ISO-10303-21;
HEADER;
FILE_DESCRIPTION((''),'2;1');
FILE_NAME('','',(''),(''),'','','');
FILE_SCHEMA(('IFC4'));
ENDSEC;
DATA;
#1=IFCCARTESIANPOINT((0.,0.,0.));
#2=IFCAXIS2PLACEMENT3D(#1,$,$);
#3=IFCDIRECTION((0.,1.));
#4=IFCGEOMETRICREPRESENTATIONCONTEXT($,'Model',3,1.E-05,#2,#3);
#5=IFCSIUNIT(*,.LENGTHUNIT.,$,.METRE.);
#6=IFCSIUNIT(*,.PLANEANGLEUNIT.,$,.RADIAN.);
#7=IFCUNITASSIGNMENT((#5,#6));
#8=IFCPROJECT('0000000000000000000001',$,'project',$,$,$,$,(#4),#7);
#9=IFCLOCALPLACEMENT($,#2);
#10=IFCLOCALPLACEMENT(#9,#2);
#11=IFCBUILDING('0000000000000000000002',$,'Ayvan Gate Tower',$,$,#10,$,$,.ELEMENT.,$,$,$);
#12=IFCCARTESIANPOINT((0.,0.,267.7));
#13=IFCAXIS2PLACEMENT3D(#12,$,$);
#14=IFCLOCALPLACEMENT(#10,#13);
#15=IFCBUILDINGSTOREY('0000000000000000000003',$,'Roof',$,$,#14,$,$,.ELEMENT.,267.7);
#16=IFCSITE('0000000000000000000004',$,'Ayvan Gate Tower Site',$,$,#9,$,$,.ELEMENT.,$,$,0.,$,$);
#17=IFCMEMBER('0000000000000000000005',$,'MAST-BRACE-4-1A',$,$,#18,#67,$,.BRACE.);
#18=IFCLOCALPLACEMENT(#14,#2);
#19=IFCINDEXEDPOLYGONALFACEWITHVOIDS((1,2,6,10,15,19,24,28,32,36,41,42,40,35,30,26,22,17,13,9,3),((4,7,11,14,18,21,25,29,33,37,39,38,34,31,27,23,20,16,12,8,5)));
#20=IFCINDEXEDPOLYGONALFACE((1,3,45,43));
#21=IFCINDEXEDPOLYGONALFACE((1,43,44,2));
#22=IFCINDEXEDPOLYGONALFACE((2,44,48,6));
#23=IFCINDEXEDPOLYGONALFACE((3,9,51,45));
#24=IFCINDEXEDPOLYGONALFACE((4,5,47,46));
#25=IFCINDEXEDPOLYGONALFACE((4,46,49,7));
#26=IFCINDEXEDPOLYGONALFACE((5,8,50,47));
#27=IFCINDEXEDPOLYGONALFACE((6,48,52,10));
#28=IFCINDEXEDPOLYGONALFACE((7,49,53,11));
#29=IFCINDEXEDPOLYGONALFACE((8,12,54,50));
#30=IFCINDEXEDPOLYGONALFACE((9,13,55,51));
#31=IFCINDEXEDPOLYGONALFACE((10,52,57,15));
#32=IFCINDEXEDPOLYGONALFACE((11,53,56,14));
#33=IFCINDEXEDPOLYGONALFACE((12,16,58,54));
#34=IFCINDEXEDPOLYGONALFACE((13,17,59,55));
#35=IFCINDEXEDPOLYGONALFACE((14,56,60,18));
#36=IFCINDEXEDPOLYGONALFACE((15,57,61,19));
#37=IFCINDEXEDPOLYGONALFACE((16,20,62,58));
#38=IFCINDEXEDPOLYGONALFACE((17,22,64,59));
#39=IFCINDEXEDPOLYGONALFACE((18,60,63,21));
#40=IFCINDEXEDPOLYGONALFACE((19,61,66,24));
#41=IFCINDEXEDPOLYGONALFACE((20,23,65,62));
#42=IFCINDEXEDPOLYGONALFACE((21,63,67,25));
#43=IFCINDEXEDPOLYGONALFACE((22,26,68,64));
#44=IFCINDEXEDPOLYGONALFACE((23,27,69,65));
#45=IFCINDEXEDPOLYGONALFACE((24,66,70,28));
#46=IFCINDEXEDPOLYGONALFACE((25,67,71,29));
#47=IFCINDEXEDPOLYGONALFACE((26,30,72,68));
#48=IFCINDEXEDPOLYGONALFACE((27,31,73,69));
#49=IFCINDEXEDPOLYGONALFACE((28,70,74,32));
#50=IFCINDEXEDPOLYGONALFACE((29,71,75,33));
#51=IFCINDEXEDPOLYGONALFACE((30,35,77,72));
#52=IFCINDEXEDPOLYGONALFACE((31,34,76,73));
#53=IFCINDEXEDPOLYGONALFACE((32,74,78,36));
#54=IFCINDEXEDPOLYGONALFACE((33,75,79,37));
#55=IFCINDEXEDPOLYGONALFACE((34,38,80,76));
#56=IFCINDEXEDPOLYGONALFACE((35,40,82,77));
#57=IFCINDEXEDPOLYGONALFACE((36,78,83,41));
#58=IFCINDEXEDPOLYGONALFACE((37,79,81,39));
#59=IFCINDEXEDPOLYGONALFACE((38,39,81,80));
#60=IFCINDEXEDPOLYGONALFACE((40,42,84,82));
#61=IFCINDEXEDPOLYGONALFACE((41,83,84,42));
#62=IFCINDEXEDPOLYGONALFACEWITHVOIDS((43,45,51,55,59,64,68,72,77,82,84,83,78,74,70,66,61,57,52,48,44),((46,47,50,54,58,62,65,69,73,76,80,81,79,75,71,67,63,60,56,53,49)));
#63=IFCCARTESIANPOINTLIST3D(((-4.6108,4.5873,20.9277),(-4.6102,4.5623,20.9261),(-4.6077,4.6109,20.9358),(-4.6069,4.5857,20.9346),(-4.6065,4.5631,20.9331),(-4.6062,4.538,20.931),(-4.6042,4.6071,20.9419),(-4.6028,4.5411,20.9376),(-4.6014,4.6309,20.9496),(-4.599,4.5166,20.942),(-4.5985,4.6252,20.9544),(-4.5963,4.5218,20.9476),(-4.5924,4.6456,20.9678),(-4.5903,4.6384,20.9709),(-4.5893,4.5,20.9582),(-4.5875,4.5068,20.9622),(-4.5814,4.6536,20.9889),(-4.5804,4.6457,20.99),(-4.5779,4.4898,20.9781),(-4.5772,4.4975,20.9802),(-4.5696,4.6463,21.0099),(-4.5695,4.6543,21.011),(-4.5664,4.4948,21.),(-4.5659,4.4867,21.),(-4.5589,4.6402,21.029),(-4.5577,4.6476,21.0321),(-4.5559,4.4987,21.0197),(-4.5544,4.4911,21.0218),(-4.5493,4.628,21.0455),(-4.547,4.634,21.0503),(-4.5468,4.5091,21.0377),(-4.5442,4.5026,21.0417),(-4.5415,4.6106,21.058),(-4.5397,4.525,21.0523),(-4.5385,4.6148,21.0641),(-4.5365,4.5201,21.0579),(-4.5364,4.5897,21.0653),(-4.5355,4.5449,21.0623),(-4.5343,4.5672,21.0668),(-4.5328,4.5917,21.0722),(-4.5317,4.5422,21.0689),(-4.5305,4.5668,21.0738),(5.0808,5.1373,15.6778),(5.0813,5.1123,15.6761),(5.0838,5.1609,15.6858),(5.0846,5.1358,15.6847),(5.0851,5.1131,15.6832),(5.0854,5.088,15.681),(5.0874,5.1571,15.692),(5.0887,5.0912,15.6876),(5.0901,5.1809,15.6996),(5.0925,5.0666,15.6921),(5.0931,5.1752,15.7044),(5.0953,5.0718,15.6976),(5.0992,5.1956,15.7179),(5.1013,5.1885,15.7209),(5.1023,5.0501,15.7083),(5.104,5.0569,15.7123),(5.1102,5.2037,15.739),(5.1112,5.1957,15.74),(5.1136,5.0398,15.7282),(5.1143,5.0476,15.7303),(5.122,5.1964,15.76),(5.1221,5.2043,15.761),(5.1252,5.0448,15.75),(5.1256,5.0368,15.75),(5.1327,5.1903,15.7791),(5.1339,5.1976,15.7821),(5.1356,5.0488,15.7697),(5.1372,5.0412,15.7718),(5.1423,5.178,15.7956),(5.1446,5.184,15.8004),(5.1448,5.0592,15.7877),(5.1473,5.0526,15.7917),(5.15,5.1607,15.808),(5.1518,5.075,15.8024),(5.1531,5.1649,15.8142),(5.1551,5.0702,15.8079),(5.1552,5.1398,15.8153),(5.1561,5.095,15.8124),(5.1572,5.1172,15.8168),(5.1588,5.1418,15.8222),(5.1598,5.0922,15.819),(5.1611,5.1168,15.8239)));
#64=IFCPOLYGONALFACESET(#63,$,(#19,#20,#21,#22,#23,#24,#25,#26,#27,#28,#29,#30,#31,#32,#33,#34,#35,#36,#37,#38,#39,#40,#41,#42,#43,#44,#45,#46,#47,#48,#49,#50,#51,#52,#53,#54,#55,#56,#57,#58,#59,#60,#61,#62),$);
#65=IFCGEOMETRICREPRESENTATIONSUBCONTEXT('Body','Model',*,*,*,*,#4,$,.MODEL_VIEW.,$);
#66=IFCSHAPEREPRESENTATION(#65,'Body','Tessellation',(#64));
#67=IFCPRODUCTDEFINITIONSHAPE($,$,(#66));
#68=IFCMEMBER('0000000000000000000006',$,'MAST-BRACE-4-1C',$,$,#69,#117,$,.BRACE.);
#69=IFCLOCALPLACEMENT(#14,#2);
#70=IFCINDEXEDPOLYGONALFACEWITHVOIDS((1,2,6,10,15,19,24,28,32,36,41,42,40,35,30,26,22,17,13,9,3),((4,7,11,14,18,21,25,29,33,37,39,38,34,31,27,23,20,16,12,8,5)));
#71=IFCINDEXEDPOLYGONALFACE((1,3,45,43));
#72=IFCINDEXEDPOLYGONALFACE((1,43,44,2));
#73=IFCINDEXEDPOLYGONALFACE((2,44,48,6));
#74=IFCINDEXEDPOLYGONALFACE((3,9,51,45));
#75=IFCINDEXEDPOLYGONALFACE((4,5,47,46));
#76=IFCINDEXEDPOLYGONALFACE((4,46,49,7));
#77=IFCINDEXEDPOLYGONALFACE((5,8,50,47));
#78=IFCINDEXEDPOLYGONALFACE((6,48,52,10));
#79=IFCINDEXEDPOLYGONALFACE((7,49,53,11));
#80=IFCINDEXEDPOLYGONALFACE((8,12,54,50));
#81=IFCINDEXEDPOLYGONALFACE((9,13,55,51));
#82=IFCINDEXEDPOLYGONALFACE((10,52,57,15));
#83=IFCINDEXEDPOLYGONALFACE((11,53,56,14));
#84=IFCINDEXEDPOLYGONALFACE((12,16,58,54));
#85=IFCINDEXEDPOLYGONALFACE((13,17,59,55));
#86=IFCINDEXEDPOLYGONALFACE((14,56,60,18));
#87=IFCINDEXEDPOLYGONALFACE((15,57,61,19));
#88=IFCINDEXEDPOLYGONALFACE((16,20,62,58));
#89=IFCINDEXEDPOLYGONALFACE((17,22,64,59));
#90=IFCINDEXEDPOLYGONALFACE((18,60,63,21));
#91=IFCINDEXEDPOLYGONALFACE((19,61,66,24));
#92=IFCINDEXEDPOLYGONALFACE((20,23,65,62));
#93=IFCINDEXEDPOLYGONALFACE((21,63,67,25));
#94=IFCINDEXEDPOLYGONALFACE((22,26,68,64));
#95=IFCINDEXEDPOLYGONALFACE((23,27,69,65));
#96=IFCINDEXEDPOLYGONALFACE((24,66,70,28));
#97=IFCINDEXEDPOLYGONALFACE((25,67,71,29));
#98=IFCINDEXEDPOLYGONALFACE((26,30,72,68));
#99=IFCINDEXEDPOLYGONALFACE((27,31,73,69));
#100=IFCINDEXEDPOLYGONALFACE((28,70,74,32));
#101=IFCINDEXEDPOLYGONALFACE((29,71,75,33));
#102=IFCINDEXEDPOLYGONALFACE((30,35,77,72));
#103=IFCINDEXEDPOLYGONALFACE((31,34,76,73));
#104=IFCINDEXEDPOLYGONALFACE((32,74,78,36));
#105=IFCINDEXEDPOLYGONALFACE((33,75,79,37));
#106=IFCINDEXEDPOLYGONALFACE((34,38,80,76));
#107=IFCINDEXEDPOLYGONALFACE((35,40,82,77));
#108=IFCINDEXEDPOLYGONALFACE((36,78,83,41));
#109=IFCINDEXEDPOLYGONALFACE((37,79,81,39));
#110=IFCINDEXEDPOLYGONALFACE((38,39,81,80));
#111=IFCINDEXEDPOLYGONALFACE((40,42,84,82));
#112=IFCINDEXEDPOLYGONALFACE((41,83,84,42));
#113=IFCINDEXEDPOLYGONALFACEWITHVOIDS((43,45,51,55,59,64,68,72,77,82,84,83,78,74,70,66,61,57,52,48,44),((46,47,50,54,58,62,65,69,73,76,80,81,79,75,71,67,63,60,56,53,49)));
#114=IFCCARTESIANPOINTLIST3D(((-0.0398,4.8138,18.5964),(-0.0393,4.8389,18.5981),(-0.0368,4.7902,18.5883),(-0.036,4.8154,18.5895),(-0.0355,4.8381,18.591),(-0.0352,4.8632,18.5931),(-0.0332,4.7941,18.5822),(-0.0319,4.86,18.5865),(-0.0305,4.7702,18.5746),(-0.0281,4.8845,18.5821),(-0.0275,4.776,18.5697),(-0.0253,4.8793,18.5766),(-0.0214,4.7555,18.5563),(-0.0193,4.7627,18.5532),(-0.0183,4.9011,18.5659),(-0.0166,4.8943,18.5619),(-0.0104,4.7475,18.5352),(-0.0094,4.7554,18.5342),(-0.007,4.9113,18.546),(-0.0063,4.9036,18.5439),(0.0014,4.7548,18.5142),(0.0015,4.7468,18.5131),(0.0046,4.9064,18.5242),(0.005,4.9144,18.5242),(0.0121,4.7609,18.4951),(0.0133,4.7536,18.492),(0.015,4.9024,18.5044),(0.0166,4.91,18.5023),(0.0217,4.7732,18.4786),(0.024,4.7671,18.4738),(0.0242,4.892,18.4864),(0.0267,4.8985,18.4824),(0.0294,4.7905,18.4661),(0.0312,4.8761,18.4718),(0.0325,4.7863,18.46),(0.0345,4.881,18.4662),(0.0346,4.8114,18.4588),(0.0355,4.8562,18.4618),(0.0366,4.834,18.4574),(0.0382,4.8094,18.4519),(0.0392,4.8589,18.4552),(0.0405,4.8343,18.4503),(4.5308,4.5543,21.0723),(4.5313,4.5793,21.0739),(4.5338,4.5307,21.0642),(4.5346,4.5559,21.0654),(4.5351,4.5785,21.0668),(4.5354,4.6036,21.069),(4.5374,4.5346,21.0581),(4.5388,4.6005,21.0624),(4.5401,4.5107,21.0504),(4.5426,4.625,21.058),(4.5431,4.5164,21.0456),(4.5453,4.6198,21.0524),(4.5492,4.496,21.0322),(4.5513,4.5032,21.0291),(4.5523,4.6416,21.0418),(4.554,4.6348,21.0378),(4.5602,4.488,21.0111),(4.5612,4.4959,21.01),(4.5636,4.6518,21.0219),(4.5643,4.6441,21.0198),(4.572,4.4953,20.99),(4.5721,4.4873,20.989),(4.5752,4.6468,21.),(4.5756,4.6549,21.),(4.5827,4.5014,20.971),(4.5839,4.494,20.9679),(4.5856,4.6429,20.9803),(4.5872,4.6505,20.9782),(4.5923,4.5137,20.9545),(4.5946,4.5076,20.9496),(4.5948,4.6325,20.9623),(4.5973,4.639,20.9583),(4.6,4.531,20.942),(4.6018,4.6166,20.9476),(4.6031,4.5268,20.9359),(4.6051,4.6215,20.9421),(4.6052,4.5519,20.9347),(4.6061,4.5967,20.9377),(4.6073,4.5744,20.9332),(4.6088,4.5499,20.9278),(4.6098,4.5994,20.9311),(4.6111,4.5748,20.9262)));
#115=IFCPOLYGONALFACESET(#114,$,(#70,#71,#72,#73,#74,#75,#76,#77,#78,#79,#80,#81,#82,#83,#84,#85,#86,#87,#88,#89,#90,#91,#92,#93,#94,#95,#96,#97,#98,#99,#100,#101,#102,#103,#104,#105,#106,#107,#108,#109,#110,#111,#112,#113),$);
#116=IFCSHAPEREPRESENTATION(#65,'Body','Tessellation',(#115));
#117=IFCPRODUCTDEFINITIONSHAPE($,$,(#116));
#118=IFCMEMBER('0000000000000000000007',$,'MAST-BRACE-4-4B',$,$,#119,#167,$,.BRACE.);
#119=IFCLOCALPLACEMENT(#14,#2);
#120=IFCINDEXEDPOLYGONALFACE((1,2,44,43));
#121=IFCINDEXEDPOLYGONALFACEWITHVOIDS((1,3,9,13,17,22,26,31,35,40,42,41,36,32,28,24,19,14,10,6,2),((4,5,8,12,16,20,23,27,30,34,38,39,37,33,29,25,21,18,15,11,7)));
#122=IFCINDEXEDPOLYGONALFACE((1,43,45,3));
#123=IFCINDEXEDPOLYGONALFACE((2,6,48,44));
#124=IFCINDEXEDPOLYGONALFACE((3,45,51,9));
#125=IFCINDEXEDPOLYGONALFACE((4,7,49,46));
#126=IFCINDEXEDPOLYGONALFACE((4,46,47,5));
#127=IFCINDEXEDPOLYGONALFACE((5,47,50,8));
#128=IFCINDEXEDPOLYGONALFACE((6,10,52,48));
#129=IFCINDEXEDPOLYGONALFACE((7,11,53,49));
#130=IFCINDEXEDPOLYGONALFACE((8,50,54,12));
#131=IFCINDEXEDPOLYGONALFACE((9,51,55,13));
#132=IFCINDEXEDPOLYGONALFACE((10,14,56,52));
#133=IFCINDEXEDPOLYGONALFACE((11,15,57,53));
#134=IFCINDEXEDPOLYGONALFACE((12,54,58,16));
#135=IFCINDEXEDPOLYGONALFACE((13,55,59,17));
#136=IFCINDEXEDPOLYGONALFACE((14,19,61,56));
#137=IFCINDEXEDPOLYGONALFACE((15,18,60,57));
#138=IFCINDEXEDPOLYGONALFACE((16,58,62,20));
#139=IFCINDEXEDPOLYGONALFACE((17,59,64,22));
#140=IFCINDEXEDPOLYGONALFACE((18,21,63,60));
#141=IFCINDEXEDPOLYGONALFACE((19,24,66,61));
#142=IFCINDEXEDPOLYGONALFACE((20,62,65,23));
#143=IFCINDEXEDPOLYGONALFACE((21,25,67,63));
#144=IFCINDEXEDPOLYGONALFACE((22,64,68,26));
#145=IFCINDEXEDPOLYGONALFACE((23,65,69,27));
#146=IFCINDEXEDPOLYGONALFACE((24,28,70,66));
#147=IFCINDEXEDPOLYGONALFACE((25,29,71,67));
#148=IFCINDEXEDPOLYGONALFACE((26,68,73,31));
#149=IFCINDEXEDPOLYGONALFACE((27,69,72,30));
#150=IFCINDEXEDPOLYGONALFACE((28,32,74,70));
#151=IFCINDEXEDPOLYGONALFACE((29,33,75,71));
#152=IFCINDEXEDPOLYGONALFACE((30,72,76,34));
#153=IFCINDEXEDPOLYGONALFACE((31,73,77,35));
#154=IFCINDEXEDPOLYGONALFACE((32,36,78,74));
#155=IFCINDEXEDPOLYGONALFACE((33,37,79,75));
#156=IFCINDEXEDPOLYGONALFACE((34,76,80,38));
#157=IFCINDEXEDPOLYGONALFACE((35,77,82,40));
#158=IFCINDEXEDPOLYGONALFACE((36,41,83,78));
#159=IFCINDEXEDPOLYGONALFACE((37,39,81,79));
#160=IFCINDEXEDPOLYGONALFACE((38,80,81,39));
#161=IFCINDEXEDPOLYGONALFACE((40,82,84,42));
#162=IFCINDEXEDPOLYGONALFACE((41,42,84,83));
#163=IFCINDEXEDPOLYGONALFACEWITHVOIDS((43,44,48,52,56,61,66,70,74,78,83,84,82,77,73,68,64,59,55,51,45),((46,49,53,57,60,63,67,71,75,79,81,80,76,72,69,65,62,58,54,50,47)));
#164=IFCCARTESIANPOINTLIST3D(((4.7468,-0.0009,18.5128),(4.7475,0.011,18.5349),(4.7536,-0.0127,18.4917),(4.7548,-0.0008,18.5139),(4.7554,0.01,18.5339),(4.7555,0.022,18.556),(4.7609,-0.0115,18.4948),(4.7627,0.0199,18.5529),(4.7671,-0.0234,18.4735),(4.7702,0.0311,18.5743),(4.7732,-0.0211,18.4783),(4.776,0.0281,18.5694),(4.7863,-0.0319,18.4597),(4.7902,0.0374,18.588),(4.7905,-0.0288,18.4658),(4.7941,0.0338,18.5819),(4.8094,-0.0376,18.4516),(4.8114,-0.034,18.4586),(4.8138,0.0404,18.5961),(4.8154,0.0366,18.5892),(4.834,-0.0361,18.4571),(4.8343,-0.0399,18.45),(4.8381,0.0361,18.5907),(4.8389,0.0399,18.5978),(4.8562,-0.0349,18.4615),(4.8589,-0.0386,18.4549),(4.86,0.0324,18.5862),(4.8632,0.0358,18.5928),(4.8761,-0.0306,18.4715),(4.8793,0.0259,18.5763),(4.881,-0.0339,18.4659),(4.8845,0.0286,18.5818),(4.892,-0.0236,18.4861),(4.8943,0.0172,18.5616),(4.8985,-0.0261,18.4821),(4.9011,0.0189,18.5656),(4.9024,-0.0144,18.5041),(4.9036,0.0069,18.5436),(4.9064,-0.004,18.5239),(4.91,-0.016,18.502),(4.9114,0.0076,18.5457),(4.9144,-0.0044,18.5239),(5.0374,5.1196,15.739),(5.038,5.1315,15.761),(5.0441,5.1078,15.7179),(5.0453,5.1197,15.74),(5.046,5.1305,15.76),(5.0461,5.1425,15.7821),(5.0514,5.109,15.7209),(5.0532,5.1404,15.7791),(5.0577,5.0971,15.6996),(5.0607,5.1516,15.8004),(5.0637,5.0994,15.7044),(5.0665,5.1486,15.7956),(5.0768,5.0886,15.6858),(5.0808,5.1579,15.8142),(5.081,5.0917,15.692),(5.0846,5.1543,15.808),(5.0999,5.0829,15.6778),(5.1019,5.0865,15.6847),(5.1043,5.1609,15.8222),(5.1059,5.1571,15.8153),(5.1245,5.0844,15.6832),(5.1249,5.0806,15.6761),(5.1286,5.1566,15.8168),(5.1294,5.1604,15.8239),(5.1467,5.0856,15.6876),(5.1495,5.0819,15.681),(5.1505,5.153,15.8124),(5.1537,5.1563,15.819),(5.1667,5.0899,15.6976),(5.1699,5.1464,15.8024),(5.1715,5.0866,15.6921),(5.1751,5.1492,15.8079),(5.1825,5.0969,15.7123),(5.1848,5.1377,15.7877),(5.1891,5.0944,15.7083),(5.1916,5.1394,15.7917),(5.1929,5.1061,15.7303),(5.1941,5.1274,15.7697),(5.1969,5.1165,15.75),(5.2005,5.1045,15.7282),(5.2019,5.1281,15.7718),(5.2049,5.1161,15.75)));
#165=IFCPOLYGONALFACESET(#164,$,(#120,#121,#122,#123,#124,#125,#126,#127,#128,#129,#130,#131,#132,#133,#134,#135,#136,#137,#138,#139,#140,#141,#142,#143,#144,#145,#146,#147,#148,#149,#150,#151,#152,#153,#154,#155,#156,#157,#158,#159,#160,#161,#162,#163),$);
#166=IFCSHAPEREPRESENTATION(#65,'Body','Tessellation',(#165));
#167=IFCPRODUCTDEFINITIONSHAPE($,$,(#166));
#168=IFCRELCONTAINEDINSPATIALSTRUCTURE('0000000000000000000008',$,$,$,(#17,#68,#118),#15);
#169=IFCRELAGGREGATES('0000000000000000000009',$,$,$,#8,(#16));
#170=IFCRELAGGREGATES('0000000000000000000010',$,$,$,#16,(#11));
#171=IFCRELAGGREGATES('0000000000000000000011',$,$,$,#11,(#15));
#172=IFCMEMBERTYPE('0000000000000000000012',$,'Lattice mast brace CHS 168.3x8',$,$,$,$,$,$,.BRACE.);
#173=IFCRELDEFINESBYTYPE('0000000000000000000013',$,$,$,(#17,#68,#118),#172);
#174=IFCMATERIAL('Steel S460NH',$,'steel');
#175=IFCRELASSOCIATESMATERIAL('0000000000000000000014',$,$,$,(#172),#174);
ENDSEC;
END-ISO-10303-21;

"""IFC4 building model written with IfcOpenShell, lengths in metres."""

from ifc_helpers import new_model, si_unit, direction, frame, origin, origin_2d, place, context, subcontext, project, spatial, hollow_circle, extrude, material, material_profile, profile_set, type_object, element, save


model = new_model("IFC4")

# Units and contexts
model_context = context("Model", 3, precision=1e-05, world=origin(), true_north=direction((0.0, 1.0)))
body_context = subcontext(model_context, "Body", "Model", "MODEL_VIEW")
ifc_project = project(units=[si_unit("LENGTHUNIT", "METRE"), si_unit("PLANEANGLEUNIT", "RADIAN")], contexts=[model_context])

# Site, building, storey
site_placement = place(None, origin())
site = spatial("IfcSite", under=ifc_project, at=site_placement, Name="Ayvan Gate Tower Site", CompositionType="ELEMENT", RefElevation=0.0)
building_placement = place(site_placement, origin())
building = spatial("IfcBuilding", under=site, at=building_placement, Name="Ayvan Gate Tower", CompositionType="ELEMENT")
storey_placement = place(building_placement, frame((0.0, 0.0, 267.7)))
storey = spatial("IfcBuildingStorey", under=building, at=storey_placement, Name="Roof", CompositionType="ELEMENT", Elevation=267.7)

# Members
ifc_material_1 = material(Name="Steel S460NH", Category="steel")
ifc_material_profile_1 = material_profile(ifc_material_1, hollow_circle(Radius=0.0842, WallThickness=0.0081, at=origin_2d()), Name="CHS 168.3x8")
ifc_profile_set_1 = profile_set([ifc_material_profile_1], Name="Steel S460NH")
member_type_1 = type_object("IfcMemberType", Name="Lattice mast brace CHS 168.3x8", PredefinedType="BRACE", material=ifc_profile_set_1)
member_1_placement = place(storey_placement, frame((5.1208, 5.1208, 15.75), z_axis=(-0.878186, -0.049841, 0.475716), x_axis=(0.056664, -0.998393, 0.0)))
element("IfcMember", 1, at=member_1_placement, inside=storey, type_object=member_type_1, Name="MAST-BRACE-4-1A", PredefinedType="BRACE", context=body_context, shape_type="SweptSolid", body=[
    extrude(hollow_circle(Radius=0.0842, WallThickness=0.0081, at=origin_2d()), origin(), (0.0, 0.0, 1.0), 11.0359),
])
member_2_placement = place(storey_placement, frame((0.0002, 4.8303, 18.5242), z_axis=(0.878189, -0.049865, 0.475707), x_axis=(0.05669, 0.998392, 0.0)))
element("IfcMember", 2, at=member_2_placement, inside=storey, type_object=member_type_1, Name="MAST-BRACE-4-1C", PredefinedType="BRACE", context=body_context, shape_type="SweptSolid", body=[
    extrude(hollow_circle(Radius=0.0842, WallThickness=0.0081, at=origin_2d()), origin(), (0.0, 0.0, 1.0), 5.2046),
])
member_3_placement = place(storey_placement, frame((5.1208, 5.1208, 15.75), z_axis=(-0.049825, -0.878181, 0.475727), x_axis=(0.998394, -0.056646, 0.0)))
element("IfcMember", 3, at=member_3_placement, inside=storey, type_object=member_type_1, Name="MAST-BRACE-4-4B", PredefinedType="BRACE", context=body_context, shape_type="SweptSolid", body=[
    extrude(hollow_circle(Radius=0.0842, WallThickness=0.0081, at=origin_2d()), origin(), (0.0, 0.0, 1.0), 5.8308),
])

save(model, "model.ifc")
